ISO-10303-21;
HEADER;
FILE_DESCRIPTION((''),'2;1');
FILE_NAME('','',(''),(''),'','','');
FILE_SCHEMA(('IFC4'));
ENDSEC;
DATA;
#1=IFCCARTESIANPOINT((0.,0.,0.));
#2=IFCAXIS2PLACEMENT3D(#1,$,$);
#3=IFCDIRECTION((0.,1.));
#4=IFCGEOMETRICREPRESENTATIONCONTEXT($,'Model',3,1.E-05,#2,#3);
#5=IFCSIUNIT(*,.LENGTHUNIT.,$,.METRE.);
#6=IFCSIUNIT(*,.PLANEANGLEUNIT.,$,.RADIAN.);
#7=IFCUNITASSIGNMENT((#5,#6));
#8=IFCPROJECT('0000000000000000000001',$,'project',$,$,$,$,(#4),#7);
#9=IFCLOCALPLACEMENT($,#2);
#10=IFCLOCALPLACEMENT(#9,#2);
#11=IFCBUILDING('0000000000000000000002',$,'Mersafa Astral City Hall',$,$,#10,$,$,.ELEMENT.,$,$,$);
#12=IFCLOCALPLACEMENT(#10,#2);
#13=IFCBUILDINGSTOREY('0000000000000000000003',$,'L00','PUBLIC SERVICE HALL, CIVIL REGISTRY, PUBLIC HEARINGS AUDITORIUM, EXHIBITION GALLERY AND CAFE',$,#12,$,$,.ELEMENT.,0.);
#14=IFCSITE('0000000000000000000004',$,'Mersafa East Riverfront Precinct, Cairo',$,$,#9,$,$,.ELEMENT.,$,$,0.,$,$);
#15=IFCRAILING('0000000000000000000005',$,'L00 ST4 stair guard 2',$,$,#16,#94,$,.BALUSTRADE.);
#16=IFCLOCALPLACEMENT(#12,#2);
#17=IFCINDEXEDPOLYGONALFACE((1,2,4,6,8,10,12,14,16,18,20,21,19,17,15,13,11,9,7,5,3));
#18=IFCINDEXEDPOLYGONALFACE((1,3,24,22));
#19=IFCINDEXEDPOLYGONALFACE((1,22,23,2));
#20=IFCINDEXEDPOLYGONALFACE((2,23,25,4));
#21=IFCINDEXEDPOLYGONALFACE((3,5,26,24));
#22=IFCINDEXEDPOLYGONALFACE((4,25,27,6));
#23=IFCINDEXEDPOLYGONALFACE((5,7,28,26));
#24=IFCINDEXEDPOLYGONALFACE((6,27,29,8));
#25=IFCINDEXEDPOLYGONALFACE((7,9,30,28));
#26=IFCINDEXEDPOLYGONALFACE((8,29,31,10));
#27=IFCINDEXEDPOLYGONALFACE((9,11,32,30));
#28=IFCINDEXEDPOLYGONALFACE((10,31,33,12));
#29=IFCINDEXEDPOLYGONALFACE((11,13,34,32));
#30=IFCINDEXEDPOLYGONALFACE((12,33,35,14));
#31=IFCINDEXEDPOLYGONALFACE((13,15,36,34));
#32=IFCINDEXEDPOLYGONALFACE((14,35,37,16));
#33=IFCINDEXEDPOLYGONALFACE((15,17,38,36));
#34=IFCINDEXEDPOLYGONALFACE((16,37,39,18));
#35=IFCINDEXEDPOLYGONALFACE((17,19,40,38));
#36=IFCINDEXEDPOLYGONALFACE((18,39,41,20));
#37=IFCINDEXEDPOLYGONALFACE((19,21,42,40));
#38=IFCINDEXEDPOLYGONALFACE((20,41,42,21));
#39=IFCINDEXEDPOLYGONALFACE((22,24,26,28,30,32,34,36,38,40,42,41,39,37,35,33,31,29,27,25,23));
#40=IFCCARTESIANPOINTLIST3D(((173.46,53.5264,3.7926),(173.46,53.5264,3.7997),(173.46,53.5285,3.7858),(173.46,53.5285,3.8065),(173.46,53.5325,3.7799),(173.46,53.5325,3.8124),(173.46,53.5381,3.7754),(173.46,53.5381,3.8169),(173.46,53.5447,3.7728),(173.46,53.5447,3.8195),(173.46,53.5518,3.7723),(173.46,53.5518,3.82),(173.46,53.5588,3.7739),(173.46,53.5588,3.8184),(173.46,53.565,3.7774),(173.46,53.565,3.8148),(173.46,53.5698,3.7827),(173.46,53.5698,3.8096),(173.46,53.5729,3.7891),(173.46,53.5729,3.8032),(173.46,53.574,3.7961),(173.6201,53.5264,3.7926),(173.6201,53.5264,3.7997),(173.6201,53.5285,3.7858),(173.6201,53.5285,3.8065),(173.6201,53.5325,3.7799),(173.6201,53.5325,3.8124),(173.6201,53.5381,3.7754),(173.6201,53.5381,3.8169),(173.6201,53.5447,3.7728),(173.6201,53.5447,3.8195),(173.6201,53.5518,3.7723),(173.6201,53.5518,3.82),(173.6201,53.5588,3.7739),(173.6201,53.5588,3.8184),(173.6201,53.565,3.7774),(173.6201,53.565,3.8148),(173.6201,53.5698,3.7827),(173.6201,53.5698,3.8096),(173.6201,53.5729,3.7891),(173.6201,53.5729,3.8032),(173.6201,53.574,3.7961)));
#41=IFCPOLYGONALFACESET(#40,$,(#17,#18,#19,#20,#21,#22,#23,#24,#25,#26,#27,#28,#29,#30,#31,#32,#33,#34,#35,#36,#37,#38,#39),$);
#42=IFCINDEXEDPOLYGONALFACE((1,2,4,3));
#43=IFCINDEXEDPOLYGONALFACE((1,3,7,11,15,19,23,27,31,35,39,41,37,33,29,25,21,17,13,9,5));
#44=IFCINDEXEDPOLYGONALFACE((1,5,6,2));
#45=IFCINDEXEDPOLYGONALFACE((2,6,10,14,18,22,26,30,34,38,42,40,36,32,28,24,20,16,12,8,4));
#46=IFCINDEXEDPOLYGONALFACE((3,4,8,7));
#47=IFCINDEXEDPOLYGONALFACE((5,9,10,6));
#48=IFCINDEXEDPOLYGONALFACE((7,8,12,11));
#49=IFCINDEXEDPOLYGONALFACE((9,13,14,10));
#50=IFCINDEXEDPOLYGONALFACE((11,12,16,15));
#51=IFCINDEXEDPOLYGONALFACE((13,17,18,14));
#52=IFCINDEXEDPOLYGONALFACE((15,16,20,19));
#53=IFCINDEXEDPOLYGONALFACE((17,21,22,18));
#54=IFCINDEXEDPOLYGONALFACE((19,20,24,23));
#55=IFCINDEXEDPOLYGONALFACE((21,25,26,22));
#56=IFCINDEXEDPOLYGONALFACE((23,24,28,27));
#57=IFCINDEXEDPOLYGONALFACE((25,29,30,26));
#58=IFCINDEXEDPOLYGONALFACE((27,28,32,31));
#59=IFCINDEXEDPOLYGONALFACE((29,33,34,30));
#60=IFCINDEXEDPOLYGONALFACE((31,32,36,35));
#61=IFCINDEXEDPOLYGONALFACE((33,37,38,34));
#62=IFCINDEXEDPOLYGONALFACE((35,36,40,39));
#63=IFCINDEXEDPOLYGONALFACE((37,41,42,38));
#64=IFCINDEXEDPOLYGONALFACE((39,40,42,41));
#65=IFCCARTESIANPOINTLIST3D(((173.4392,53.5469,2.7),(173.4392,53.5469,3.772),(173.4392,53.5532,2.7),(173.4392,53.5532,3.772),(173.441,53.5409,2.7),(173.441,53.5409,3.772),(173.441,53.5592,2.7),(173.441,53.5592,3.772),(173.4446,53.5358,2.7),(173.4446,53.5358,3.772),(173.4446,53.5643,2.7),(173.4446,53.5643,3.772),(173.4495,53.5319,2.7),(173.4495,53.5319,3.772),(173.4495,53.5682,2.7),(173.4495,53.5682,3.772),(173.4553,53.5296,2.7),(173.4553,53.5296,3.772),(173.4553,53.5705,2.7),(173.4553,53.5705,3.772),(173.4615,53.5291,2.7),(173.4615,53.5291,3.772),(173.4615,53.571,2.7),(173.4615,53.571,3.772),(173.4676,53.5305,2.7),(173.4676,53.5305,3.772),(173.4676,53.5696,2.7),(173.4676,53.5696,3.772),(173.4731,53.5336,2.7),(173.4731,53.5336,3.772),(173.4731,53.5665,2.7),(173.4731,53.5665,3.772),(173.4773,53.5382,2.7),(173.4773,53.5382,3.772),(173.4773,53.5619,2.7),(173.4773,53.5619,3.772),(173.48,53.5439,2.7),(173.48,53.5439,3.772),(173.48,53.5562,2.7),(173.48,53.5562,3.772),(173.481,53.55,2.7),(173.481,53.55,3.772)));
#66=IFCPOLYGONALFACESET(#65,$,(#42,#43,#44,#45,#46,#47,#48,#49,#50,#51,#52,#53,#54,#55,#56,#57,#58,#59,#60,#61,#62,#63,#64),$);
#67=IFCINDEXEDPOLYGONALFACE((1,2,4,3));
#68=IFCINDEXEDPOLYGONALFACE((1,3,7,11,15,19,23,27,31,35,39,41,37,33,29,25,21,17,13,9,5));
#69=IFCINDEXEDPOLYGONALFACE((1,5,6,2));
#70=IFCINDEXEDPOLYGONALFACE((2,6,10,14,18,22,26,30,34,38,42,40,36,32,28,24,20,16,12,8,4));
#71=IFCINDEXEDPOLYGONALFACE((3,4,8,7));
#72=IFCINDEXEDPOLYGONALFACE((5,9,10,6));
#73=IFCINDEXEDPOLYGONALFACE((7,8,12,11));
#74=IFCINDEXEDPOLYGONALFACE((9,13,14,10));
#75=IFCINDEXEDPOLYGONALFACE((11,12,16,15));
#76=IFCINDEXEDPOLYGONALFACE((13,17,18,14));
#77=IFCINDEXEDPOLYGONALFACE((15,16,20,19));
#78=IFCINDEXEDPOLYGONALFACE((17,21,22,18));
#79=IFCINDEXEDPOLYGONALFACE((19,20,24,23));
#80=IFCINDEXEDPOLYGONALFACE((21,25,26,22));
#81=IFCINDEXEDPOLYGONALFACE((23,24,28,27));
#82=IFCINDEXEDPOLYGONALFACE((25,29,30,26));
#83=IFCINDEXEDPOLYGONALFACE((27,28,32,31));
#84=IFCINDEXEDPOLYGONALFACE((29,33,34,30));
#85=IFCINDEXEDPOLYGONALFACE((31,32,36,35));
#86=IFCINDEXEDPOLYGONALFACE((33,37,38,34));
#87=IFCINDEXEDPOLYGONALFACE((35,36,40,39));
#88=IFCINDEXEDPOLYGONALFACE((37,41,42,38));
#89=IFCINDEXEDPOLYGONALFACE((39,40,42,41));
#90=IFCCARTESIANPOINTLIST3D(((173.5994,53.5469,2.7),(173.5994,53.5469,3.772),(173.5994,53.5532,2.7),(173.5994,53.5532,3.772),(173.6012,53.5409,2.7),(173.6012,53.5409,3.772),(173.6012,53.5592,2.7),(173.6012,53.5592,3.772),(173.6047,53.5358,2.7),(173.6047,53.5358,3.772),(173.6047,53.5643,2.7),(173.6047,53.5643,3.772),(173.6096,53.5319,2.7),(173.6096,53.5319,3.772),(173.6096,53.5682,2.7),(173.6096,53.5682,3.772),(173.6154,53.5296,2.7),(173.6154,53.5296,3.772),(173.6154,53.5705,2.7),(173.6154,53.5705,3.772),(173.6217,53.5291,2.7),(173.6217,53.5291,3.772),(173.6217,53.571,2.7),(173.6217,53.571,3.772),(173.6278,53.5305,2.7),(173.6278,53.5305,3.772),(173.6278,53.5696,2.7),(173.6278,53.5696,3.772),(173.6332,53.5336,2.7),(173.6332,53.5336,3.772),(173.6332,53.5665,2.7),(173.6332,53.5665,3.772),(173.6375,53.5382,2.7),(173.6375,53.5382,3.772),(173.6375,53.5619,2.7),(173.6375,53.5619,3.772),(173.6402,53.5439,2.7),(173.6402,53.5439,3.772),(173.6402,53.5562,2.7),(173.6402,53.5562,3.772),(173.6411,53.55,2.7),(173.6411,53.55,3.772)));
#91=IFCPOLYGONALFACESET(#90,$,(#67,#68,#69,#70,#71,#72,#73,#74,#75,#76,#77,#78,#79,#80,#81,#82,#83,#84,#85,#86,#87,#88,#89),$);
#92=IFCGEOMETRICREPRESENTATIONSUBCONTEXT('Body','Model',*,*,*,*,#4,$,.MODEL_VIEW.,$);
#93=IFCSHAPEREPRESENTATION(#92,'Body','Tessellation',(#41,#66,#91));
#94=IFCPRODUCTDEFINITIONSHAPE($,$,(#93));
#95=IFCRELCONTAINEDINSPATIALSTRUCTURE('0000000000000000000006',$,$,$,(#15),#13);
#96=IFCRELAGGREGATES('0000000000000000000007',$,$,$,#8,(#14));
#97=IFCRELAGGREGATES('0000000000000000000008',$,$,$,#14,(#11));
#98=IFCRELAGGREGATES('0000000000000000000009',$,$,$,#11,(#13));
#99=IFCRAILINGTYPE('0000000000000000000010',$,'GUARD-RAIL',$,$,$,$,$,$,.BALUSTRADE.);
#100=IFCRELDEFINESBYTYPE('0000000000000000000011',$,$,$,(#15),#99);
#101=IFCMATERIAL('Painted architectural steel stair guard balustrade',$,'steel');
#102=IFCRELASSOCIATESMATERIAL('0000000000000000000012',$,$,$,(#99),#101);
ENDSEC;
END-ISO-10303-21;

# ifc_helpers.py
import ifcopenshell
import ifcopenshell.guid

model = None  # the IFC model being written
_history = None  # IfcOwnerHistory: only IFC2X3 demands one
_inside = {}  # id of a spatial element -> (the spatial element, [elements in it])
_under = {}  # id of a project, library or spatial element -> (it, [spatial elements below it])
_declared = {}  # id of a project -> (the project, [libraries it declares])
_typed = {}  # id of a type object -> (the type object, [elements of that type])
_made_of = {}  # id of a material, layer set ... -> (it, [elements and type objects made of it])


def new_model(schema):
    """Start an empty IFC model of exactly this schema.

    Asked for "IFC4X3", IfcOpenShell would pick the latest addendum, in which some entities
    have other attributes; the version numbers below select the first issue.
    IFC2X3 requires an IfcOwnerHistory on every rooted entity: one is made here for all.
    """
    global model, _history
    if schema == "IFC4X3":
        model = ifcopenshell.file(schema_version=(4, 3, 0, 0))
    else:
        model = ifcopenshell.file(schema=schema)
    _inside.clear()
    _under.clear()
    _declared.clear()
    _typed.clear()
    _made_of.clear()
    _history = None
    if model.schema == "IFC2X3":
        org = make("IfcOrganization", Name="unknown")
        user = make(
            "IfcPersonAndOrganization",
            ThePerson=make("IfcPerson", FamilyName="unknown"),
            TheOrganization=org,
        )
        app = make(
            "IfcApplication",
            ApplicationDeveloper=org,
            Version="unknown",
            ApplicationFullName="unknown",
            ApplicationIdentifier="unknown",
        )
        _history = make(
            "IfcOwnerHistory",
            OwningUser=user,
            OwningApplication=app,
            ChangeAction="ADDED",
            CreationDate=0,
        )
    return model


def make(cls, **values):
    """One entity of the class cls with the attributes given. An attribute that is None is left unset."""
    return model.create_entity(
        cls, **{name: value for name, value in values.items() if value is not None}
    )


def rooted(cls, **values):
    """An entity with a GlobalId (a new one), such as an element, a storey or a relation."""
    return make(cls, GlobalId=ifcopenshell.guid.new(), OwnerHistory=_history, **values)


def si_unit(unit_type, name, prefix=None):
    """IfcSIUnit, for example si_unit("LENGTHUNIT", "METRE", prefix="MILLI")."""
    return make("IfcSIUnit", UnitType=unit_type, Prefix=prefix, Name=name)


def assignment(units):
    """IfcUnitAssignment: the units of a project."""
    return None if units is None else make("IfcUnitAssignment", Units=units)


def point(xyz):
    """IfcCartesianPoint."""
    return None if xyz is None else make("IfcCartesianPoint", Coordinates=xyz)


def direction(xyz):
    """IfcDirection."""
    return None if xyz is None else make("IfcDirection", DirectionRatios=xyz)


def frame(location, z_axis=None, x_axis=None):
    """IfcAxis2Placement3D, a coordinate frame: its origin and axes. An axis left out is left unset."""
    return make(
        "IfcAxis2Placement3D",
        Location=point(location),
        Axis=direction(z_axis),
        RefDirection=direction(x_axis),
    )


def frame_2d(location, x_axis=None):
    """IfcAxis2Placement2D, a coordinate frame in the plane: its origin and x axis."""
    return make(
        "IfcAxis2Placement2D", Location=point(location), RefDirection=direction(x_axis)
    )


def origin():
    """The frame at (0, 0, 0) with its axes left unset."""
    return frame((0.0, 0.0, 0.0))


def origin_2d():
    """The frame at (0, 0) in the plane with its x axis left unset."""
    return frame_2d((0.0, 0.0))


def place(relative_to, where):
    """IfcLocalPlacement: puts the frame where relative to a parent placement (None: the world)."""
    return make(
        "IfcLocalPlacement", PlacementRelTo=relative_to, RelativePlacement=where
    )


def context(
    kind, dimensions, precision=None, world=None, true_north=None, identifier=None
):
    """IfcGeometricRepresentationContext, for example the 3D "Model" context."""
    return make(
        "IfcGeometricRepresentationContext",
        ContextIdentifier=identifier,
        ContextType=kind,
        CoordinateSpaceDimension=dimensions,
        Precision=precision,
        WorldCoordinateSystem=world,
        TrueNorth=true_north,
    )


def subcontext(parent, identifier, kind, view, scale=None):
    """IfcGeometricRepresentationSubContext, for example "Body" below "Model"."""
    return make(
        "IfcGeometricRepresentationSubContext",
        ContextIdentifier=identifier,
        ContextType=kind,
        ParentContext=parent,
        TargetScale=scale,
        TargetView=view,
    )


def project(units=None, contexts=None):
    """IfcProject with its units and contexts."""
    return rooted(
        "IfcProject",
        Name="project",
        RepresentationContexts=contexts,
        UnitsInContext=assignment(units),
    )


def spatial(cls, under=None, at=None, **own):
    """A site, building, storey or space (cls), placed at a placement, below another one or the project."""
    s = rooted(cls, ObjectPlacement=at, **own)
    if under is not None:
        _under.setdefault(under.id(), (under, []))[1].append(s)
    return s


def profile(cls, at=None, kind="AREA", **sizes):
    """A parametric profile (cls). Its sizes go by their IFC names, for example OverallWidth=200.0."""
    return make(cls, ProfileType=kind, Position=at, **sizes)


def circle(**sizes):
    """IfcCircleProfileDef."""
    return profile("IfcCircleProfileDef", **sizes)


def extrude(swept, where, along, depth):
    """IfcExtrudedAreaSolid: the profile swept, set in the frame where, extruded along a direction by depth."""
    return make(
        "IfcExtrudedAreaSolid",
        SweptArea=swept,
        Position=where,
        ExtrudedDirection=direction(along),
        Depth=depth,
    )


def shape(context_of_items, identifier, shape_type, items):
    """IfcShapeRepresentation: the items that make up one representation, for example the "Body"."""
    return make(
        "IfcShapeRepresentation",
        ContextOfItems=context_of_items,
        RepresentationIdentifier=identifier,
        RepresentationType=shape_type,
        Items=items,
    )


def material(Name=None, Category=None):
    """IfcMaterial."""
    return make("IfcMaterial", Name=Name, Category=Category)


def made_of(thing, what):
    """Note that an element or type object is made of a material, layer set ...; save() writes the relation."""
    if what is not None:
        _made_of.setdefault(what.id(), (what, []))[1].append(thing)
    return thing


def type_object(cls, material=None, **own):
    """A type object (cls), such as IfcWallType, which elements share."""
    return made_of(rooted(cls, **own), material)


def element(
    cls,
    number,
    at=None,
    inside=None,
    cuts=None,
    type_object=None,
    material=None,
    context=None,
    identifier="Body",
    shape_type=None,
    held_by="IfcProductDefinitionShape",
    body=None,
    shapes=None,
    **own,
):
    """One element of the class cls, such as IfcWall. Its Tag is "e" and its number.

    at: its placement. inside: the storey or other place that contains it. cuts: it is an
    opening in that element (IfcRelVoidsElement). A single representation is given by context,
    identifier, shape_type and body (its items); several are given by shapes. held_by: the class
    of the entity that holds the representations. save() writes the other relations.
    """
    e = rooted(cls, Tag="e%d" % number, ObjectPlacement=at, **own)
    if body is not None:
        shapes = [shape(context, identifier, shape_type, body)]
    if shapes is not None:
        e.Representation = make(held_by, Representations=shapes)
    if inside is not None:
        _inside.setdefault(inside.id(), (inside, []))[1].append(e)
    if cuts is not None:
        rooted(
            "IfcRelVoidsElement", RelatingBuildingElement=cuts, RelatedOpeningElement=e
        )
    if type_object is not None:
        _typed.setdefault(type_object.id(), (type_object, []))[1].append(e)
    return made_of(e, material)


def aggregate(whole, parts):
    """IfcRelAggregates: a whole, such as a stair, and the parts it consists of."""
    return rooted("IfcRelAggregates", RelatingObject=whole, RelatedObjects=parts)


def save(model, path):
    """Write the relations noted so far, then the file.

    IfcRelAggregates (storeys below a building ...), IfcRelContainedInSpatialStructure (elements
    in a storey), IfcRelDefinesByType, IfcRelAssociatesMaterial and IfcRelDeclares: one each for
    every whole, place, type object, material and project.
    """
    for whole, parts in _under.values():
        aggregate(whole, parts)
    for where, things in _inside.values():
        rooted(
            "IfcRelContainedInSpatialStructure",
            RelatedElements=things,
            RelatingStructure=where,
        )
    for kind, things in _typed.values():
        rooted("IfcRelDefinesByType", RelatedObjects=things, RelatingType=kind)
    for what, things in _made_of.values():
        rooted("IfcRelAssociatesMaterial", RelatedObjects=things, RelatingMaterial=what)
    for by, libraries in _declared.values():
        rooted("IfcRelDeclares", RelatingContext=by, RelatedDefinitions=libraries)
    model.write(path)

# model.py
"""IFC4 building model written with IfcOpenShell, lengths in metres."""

from ifc_helpers import new_model, si_unit, direction, frame, origin, origin_2d, place, context, subcontext, project, spatial, circle, extrude, material, type_object, element, save


model = new_model("IFC4")

# Units and contexts
model_context = context("Model", 3, precision=1e-05, world=origin(), true_north=direction((0.0, 1.0)))
body_context = subcontext(model_context, "Body", "Model", "MODEL_VIEW")
ifc_project = project(units=[si_unit("LENGTHUNIT", "METRE"), si_unit("PLANEANGLEUNIT", "RADIAN")], contexts=[model_context])

# Site, building, storey
site_placement = place(None, origin())
site = spatial("IfcSite", under=ifc_project, at=site_placement, Name="Mersafa East Riverfront Precinct, Cairo", CompositionType="ELEMENT", RefElevation=0.0)
building_placement = place(site_placement, origin())
building = spatial("IfcBuilding", under=site, at=building_placement, Name="Mersafa Astral City Hall", CompositionType="ELEMENT")
storey_placement = place(building_placement, origin())
storey = spatial("IfcBuildingStorey", under=building, at=storey_placement, Name="L00", Description="PUBLIC SERVICE HALL, CIVIL REGISTRY, PUBLIC HEARINGS AUDITORIUM, EXHIBITION GALLERY AND CAFE", CompositionType="ELEMENT", Elevation=0.0)

# Railing
ifc_material_1 = material(Name="Painted architectural steel stair guard balustrade", Category="steel")
railing_type_1 = type_object("IfcRailingType", Name="GUARD-RAIL", PredefinedType="BALUSTRADE", material=ifc_material_1)
railing_1_placement = place(storey_placement, frame((173.46, 53.55, 2.7)))
element("IfcRailing", 1, at=railing_1_placement, inside=storey, type_object=railing_type_1, Name="L00 ST4 stair guard 2", PredefinedType="BALUSTRADE", context=body_context, shape_type="SweptSolid", body=[
    extrude(circle(Radius=0.0239, at=origin_2d()), frame((0.0, 0.0, 1.0962), z_axis=(1.0, 0.0, 0.0), x_axis=(0.0, 1.0, 0.0)), (0.0, 0.0, 1.0), 0.1602),
    extrude(circle(Radius=0.021, at=origin_2d()), origin(), (0.0, 0.0, 1.0), 1.072),
    extrude(circle(Radius=0.021, at=origin_2d()), frame((0.1602, 0.0, 0.0)), (0.0, 0.0, 1.0), 1.072),
])

save(model, "model.ifc")
